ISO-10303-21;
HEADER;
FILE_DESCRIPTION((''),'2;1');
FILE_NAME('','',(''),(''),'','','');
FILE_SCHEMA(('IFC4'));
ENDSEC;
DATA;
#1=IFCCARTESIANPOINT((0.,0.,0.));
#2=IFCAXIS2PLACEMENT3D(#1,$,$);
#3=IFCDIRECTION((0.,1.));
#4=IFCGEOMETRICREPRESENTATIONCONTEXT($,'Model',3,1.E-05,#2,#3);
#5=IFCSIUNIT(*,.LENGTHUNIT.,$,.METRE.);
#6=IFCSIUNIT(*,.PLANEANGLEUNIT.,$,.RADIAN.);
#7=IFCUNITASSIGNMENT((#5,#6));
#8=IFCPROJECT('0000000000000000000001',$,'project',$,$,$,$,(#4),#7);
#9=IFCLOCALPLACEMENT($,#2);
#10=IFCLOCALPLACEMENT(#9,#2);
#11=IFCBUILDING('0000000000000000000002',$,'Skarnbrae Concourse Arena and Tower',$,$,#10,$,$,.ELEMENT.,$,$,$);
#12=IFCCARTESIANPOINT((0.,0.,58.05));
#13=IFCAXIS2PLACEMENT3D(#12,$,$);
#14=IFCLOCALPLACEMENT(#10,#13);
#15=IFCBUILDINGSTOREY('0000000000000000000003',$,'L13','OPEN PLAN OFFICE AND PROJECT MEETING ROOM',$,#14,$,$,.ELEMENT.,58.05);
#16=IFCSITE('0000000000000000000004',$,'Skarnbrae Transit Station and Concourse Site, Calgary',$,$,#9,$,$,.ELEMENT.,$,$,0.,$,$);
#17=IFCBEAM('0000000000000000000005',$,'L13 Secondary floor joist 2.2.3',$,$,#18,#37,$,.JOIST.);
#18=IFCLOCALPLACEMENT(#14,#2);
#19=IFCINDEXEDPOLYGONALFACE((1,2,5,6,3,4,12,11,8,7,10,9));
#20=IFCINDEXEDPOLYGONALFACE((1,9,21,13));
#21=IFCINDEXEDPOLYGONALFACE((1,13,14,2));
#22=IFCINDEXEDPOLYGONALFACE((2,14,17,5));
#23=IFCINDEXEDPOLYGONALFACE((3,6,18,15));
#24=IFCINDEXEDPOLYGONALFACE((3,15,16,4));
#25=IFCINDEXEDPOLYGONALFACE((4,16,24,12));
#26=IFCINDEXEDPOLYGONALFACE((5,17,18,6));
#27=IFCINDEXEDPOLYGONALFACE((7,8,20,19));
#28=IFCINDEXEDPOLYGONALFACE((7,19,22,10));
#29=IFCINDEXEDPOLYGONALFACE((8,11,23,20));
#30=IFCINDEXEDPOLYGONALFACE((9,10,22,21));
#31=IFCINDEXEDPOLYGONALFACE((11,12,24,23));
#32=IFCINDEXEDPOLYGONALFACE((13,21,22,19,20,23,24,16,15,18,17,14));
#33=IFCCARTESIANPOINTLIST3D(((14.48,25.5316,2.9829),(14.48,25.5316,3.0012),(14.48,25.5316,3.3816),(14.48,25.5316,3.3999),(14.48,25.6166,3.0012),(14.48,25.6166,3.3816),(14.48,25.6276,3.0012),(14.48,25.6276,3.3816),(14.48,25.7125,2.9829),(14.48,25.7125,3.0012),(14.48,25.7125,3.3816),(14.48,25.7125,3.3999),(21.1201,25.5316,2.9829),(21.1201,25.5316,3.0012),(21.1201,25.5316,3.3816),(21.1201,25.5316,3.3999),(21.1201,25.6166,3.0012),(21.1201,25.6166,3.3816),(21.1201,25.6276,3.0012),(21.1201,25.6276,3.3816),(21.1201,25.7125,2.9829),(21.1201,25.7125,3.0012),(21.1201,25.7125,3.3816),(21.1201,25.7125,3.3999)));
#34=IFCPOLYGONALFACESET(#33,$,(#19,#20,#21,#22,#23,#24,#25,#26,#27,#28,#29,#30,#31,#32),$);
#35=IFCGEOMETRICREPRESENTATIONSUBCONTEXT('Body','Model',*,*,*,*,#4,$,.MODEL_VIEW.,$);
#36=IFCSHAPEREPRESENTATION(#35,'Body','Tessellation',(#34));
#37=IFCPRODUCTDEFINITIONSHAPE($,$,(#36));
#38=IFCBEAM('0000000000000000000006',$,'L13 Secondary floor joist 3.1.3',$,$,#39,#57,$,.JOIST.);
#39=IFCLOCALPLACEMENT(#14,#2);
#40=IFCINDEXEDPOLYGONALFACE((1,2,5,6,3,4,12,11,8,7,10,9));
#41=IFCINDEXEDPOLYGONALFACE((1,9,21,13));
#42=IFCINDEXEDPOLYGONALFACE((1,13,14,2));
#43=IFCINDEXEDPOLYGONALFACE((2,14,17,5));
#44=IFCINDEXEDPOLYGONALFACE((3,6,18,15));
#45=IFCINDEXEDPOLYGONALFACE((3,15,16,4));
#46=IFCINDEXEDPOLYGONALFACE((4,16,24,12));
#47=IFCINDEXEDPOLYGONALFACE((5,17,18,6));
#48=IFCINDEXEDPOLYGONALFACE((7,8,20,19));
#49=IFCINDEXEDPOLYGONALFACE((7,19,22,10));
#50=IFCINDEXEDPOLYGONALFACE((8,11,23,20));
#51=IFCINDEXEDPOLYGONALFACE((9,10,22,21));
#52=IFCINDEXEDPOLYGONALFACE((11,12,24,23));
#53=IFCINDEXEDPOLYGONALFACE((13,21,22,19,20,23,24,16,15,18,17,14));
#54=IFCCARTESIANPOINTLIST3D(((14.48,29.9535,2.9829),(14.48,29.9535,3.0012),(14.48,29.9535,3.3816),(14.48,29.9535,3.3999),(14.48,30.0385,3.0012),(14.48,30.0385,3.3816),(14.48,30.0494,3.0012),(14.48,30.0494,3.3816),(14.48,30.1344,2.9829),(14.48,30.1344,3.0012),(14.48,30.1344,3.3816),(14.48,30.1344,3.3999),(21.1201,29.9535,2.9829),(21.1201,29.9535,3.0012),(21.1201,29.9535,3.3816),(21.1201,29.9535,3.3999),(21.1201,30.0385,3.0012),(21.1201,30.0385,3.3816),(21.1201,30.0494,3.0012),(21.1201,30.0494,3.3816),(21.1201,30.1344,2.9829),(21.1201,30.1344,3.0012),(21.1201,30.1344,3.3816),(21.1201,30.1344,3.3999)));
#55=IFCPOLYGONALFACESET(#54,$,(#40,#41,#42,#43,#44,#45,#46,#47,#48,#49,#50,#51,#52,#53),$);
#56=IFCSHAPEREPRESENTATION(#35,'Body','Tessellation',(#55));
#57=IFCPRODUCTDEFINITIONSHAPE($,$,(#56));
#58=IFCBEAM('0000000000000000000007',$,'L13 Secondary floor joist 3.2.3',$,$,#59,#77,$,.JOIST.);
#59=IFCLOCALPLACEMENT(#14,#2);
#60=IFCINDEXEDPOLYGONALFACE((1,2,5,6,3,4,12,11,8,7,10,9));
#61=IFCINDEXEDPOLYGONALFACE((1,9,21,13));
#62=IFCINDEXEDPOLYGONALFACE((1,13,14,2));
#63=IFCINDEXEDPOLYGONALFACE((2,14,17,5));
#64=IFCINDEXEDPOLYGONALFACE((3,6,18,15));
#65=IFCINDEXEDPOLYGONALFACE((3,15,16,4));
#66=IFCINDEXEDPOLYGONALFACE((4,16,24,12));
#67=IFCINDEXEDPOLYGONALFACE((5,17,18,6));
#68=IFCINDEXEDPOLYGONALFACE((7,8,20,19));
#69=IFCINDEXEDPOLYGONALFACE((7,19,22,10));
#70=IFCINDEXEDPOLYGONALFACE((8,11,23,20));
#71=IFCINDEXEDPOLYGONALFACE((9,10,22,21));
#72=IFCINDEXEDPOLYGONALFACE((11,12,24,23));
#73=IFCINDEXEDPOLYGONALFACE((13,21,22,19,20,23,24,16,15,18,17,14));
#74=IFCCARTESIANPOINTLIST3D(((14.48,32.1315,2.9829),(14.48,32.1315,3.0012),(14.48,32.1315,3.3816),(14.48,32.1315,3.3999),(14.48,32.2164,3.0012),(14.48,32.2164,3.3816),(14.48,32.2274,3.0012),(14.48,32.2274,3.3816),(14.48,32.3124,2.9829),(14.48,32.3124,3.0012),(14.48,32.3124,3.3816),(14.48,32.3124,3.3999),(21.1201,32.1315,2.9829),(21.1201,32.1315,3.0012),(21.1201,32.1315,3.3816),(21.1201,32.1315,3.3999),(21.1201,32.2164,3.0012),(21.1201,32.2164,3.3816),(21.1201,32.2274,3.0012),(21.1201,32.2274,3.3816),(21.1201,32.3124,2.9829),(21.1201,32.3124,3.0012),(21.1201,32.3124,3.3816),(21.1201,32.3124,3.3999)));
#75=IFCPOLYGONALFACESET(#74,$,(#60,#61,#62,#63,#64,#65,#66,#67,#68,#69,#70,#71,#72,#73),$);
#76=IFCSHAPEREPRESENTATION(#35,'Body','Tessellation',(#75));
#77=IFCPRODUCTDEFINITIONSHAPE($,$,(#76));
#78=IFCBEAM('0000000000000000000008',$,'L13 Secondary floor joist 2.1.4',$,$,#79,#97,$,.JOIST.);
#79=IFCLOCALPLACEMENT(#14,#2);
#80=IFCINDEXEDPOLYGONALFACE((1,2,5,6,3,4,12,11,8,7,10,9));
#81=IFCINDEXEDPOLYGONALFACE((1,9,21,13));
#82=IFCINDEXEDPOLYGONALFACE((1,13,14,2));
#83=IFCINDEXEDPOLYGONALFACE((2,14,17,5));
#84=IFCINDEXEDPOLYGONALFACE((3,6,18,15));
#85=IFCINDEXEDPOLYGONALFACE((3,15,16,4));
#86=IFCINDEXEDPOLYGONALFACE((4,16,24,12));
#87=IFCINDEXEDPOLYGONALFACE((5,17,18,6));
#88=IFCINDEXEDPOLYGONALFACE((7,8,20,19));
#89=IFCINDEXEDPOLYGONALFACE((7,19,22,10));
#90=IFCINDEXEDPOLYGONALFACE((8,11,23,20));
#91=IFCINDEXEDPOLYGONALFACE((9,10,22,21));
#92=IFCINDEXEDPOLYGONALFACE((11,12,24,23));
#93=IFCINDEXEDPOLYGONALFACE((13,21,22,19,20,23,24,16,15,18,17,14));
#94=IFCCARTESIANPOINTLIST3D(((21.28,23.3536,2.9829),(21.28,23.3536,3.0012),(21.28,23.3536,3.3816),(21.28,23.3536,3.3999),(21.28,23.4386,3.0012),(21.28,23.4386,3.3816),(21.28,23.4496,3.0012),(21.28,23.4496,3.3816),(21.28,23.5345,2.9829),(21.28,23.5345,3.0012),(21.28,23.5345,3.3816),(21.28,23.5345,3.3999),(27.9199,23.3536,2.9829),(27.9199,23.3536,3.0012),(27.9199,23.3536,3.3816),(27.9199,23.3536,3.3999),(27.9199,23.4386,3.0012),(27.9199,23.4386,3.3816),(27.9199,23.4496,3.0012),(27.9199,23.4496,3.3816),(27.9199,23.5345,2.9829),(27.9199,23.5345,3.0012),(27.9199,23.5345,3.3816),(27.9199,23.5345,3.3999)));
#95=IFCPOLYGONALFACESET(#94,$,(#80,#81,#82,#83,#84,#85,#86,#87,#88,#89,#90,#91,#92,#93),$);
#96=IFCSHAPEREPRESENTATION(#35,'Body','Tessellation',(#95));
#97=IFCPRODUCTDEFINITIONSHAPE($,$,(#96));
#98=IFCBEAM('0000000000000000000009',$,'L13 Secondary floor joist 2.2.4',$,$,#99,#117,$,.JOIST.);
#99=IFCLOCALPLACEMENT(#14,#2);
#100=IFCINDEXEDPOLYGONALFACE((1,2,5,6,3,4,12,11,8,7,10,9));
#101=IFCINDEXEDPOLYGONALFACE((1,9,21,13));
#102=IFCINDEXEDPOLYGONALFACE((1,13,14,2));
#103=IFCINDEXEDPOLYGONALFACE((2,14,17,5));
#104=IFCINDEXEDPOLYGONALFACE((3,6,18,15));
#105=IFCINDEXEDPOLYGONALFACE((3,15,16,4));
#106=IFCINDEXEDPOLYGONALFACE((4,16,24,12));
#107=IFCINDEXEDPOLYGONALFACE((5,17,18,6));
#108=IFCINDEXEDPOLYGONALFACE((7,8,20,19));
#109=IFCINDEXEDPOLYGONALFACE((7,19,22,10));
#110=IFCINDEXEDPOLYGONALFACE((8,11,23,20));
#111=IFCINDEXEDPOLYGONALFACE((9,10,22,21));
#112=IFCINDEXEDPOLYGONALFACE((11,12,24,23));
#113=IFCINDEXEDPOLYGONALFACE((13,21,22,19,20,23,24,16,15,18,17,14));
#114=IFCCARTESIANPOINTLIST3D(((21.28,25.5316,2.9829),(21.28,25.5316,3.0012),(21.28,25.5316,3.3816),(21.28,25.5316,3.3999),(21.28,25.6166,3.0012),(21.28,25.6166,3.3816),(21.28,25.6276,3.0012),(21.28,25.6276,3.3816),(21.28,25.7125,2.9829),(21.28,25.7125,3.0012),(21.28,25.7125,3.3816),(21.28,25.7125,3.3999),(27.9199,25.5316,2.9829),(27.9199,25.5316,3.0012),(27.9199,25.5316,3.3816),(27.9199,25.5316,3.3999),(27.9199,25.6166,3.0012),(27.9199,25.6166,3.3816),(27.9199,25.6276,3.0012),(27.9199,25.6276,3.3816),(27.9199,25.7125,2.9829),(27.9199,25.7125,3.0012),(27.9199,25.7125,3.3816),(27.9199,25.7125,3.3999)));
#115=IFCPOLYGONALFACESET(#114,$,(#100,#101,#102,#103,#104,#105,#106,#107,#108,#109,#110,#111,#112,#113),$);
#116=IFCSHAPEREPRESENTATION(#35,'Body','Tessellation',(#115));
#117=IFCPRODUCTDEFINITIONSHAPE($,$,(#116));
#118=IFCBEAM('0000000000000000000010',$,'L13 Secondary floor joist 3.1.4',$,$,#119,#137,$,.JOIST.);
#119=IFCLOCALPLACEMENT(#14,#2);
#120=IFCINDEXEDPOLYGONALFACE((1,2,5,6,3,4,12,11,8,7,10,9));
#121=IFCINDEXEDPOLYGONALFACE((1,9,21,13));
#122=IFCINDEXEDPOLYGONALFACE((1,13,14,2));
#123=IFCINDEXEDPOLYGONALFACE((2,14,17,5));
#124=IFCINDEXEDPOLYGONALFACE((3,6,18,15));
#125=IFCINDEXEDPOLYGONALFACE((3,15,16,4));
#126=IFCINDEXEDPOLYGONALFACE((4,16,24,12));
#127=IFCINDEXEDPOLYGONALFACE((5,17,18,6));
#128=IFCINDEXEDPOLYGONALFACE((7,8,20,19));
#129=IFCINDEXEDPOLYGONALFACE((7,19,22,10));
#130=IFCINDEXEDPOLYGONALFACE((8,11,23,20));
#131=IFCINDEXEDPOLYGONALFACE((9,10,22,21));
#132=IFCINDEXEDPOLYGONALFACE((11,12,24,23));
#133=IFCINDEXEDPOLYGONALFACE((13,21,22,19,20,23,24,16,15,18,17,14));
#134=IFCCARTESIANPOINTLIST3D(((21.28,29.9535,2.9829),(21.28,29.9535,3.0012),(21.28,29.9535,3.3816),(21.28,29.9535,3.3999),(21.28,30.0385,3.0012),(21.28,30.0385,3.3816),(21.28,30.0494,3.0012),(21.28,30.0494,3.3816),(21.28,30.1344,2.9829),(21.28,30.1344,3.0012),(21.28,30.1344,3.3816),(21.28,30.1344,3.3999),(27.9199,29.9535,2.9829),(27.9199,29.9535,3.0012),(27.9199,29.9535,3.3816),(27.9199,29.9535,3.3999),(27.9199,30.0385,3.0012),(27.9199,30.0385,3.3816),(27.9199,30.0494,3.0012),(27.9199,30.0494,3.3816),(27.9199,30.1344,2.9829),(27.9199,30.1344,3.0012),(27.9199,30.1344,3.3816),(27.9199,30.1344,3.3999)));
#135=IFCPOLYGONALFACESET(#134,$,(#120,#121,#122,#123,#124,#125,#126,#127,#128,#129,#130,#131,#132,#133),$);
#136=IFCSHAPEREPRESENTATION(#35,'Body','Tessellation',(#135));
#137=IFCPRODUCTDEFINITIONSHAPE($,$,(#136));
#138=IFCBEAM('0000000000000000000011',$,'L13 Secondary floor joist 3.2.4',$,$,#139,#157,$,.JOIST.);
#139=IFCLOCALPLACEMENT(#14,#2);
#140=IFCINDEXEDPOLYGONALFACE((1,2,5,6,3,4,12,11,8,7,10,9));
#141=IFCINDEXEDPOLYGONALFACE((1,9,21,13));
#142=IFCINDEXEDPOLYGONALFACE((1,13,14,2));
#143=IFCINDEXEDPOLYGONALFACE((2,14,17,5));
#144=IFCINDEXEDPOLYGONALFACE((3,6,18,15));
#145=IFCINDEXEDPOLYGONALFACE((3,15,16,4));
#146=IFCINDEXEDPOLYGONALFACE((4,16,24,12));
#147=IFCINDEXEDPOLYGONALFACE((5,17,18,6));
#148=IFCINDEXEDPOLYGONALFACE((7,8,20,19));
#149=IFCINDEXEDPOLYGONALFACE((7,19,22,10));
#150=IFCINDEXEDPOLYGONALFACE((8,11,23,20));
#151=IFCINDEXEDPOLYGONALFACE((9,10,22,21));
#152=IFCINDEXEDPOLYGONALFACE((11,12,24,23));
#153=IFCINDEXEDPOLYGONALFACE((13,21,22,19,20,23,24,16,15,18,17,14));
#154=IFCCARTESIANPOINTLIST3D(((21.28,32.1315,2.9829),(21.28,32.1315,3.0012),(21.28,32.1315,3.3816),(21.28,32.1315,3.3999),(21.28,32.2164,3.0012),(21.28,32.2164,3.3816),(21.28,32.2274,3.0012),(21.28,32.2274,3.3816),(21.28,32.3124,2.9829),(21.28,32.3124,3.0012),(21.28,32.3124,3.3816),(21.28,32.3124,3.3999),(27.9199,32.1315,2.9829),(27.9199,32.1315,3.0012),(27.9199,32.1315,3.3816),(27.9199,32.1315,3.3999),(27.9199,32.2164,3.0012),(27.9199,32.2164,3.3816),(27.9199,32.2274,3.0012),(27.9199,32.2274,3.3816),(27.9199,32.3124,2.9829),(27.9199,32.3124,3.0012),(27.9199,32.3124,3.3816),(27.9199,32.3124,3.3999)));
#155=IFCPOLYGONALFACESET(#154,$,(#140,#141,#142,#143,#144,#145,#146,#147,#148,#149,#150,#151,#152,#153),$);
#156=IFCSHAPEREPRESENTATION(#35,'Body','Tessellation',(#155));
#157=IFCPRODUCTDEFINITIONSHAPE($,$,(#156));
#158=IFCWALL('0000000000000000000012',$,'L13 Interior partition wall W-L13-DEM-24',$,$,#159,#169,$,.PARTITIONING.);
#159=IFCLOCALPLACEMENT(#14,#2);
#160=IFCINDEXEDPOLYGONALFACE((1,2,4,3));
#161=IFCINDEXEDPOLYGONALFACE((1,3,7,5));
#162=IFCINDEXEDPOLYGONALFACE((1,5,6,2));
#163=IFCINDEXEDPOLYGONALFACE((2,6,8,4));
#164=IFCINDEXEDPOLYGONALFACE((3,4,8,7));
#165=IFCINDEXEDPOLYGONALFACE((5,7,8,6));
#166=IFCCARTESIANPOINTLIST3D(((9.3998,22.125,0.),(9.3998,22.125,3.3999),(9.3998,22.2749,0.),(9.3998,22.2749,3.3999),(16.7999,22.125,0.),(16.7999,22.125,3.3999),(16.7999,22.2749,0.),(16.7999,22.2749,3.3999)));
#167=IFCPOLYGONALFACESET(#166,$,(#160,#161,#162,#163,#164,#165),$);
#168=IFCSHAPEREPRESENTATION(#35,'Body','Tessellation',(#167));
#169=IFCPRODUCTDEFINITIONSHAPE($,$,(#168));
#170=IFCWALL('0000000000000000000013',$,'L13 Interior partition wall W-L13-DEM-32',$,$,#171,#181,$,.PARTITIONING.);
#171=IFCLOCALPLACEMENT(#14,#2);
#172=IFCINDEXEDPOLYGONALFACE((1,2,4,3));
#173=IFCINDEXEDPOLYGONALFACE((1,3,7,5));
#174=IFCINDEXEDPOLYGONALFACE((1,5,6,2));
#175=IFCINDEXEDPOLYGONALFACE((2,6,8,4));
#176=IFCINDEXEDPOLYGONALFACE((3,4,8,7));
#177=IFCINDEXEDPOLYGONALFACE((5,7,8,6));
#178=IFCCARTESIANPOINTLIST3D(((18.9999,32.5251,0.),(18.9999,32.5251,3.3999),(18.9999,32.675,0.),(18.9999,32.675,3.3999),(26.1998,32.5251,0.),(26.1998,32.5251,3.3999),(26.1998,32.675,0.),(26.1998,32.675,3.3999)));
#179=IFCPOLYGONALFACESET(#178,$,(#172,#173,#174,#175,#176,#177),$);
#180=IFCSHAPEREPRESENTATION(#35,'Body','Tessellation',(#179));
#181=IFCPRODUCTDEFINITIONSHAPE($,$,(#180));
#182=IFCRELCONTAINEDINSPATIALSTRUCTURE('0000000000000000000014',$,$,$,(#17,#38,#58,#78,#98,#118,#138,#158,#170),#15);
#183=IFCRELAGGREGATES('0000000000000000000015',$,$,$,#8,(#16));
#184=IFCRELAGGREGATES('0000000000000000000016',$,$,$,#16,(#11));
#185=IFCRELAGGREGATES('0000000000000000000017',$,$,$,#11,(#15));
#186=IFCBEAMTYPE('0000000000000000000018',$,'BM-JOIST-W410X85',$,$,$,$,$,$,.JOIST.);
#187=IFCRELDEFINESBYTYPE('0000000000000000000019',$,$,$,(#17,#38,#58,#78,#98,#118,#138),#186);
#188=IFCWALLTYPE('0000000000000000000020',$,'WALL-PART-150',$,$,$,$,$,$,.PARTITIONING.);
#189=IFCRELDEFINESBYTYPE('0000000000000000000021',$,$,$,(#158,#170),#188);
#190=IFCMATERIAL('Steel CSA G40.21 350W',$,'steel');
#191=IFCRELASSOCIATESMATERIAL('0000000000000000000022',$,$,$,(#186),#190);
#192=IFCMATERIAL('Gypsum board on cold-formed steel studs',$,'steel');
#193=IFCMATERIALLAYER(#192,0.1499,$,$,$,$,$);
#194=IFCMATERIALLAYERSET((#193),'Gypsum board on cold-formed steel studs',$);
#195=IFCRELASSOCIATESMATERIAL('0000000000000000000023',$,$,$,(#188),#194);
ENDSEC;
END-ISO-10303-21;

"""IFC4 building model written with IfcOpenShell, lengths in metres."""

from ifc_helpers import new_model, si_unit, direction, frame, frame_2d, origin, origin_2d, place, context, subcontext, project, spatial, rectangle, i_section, extrude, source, transform, mapped, material, layer, layer_set, material_profile, profile_set, type_object, element, save


model = new_model("IFC4")

# Units and contexts
model_context = context("Model", 3, precision=1e-05, world=origin(), true_north=direction((0.0, 1.0)))
body_context = subcontext(model_context, "Body", "Model", "MODEL_VIEW")
ifc_project = project(units=[si_unit("LENGTHUNIT", "METRE"), si_unit("PLANEANGLEUNIT", "RADIAN")], contexts=[model_context])

# Site, building, storey
site_placement = place(None, origin())
site = spatial("IfcSite", under=ifc_project, at=site_placement, Name="Skarnbrae Transit Station and Concourse Site, Calgary", CompositionType="ELEMENT", RefElevation=0.0)
building_placement = place(site_placement, origin())
building = spatial("IfcBuilding", under=site, at=building_placement, Name="Skarnbrae Concourse Arena and Tower", CompositionType="ELEMENT")
storey_placement = place(building_placement, frame((0.0, 0.0, 58.05)))
storey = spatial("IfcBuildingStorey", under=building, at=storey_placement, Name="L13", Description="OPEN PLAN OFFICE AND PROJECT MEETING ROOM", CompositionType="ELEMENT", Elevation=58.05)

# Shared definitions
ifc_material_1 = material(Name="Steel CSA G40.21 350W", Category="steel")

# Beams
ifc_material_profile_1 = material_profile(ifc_material_1, i_section(OverallWidth=0.1809, OverallDepth=0.417, WebThickness=0.011, FlangeThickness=0.0183, at=origin_2d()), Name="W410X85")
ifc_profile_set_1 = profile_set([ifc_material_profile_1], Name="Steel CSA G40.21 350W")
beam_type_1 = type_object("IfcBeamType", Name="BM-JOIST-W410X85", PredefinedType="JOIST", material=ifc_profile_set_1)
shared_shape_1 = source(origin(), body_context, "Body", "SweptSolid", [
    extrude(i_section(OverallWidth=0.1809, OverallDepth=0.417, WebThickness=0.011, FlangeThickness=0.0183, at=origin_2d()), origin(), (0.0, 0.0, 1.0), 6.6401),
])
for number, where, z_axis, x_axis, name in (
    (1, (14.48, 25.6221, 3.1914), (1.0, 0.0, 0.0), (0.0, 1.0, 0.0), "L13 Secondary floor joist 2.2.3"),
    (2, (14.48, 30.0439, 3.1914), (1.0, 0.0, 0.0), (0.0, 1.0, 0.0), "L13 Secondary floor joist 3.1.3"),
    (3, (14.48, 32.2219, 3.1914), (1.0, 0.0, 0.0), (0.0, 1.0, 0.0), "L13 Secondary floor joist 3.2.3"),
):
    element("IfcBeam", number, at=place(storey_placement, frame(where, z_axis=z_axis, x_axis=x_axis)), inside=storey, type_object=beam_type_1, Name=name, PredefinedType="JOIST", context=body_context, shape_type="MappedRepresentation", body=[
        mapped(shared_shape_1, transform((0.0, 0.0, 0.0))),
    ])
shared_shape_2 = source(origin(), body_context, "Body", "SweptSolid", [
    extrude(i_section(OverallWidth=0.1809, OverallDepth=0.417, WebThickness=0.011, FlangeThickness=0.0183, at=origin_2d()), origin(), (0.0, 0.0, 1.0), 6.6399),
])
for number, where, z_axis, x_axis, name in (
    (4, (21.28, 23.4441, 3.1914), (1.0, 0.0, 0.0), (0.0, 1.0, 0.0), "L13 Secondary floor joist 2.1.4"),
    (5, (21.28, 25.6221, 3.1914), (1.0, 0.0, 0.0), (0.0, 1.0, 0.0), "L13 Secondary floor joist 2.2.4"),
    (6, (21.28, 30.0439, 3.1914), (1.0, 0.0, 0.0), (0.0, 1.0, 0.0), "L13 Secondary floor joist 3.1.4"),
    (7, (21.28, 32.2219, 3.1914), (1.0, 0.0, 0.0), (0.0, 1.0, 0.0), "L13 Secondary floor joist 3.2.4"),
):
    element("IfcBeam", number, at=place(storey_placement, frame(where, z_axis=z_axis, x_axis=x_axis)), inside=storey, type_object=beam_type_1, Name=name, PredefinedType="JOIST", context=body_context, shape_type="MappedRepresentation", body=[
        mapped(shared_shape_2, transform((0.0, 0.0, 0.0))),
    ])

# Walls
ifc_material_2 = material(Name="Gypsum board on cold-formed steel studs", Category="steel")
ifc_layer = layer(ifc_material_2, 0.1499)
ifc_layer_set = layer_set([ifc_layer], Name="Gypsum board on cold-formed steel studs")
wall_type = type_object("IfcWallType", Name="WALL-PART-150", PredefinedType="PARTITIONING", material=ifc_layer_set)
shared_shape_3 = source(origin(), body_context, "Body", "SweptSolid", [
    extrude(rectangle(XDim=7.4001, YDim=0.1499, at=frame_2d((3.7002, 0.0))), origin(), (0.0, 0.0, 1.0), 3.3999),
])
wall_1_placement = place(storey_placement, frame((16.8, 22.2, 0.0), z_axis=(0.0, 0.0, 1.0), x_axis=(-1.0, 0.0, 0.0)))
element("IfcWall", 8, at=wall_1_placement, inside=storey, type_object=wall_type, Name="L13 Interior partition wall W-L13-DEM-24", PredefinedType="PARTITIONING", context=body_context, shape_type="MappedRepresentation", body=[
    mapped(shared_shape_3, transform((0.0, 0.0, 0.0))),
])
shared_shape_4 = source(origin(), body_context, "Body", "SweptSolid", [
    extrude(rectangle(XDim=7.2, YDim=0.1499, at=frame_2d((3.6001, 0.0))), origin(), (0.0, 0.0, 1.0), 3.3999),
])
wall_2_placement = place(storey_placement, frame((26.2, 32.6001, 0.0), z_axis=(0.0, 0.0, 1.0), x_axis=(-1.0, 0.0, 0.0)))
element("IfcWall", 9, at=wall_2_placement, inside=storey, type_object=wall_type, Name="L13 Interior partition wall W-L13-DEM-32", PredefinedType="PARTITIONING", context=body_context, shape_type="MappedRepresentation", body=[
    mapped(shared_shape_4, transform((0.0, 0.0, 0.0))),
])

save(model, "model.ifc")
